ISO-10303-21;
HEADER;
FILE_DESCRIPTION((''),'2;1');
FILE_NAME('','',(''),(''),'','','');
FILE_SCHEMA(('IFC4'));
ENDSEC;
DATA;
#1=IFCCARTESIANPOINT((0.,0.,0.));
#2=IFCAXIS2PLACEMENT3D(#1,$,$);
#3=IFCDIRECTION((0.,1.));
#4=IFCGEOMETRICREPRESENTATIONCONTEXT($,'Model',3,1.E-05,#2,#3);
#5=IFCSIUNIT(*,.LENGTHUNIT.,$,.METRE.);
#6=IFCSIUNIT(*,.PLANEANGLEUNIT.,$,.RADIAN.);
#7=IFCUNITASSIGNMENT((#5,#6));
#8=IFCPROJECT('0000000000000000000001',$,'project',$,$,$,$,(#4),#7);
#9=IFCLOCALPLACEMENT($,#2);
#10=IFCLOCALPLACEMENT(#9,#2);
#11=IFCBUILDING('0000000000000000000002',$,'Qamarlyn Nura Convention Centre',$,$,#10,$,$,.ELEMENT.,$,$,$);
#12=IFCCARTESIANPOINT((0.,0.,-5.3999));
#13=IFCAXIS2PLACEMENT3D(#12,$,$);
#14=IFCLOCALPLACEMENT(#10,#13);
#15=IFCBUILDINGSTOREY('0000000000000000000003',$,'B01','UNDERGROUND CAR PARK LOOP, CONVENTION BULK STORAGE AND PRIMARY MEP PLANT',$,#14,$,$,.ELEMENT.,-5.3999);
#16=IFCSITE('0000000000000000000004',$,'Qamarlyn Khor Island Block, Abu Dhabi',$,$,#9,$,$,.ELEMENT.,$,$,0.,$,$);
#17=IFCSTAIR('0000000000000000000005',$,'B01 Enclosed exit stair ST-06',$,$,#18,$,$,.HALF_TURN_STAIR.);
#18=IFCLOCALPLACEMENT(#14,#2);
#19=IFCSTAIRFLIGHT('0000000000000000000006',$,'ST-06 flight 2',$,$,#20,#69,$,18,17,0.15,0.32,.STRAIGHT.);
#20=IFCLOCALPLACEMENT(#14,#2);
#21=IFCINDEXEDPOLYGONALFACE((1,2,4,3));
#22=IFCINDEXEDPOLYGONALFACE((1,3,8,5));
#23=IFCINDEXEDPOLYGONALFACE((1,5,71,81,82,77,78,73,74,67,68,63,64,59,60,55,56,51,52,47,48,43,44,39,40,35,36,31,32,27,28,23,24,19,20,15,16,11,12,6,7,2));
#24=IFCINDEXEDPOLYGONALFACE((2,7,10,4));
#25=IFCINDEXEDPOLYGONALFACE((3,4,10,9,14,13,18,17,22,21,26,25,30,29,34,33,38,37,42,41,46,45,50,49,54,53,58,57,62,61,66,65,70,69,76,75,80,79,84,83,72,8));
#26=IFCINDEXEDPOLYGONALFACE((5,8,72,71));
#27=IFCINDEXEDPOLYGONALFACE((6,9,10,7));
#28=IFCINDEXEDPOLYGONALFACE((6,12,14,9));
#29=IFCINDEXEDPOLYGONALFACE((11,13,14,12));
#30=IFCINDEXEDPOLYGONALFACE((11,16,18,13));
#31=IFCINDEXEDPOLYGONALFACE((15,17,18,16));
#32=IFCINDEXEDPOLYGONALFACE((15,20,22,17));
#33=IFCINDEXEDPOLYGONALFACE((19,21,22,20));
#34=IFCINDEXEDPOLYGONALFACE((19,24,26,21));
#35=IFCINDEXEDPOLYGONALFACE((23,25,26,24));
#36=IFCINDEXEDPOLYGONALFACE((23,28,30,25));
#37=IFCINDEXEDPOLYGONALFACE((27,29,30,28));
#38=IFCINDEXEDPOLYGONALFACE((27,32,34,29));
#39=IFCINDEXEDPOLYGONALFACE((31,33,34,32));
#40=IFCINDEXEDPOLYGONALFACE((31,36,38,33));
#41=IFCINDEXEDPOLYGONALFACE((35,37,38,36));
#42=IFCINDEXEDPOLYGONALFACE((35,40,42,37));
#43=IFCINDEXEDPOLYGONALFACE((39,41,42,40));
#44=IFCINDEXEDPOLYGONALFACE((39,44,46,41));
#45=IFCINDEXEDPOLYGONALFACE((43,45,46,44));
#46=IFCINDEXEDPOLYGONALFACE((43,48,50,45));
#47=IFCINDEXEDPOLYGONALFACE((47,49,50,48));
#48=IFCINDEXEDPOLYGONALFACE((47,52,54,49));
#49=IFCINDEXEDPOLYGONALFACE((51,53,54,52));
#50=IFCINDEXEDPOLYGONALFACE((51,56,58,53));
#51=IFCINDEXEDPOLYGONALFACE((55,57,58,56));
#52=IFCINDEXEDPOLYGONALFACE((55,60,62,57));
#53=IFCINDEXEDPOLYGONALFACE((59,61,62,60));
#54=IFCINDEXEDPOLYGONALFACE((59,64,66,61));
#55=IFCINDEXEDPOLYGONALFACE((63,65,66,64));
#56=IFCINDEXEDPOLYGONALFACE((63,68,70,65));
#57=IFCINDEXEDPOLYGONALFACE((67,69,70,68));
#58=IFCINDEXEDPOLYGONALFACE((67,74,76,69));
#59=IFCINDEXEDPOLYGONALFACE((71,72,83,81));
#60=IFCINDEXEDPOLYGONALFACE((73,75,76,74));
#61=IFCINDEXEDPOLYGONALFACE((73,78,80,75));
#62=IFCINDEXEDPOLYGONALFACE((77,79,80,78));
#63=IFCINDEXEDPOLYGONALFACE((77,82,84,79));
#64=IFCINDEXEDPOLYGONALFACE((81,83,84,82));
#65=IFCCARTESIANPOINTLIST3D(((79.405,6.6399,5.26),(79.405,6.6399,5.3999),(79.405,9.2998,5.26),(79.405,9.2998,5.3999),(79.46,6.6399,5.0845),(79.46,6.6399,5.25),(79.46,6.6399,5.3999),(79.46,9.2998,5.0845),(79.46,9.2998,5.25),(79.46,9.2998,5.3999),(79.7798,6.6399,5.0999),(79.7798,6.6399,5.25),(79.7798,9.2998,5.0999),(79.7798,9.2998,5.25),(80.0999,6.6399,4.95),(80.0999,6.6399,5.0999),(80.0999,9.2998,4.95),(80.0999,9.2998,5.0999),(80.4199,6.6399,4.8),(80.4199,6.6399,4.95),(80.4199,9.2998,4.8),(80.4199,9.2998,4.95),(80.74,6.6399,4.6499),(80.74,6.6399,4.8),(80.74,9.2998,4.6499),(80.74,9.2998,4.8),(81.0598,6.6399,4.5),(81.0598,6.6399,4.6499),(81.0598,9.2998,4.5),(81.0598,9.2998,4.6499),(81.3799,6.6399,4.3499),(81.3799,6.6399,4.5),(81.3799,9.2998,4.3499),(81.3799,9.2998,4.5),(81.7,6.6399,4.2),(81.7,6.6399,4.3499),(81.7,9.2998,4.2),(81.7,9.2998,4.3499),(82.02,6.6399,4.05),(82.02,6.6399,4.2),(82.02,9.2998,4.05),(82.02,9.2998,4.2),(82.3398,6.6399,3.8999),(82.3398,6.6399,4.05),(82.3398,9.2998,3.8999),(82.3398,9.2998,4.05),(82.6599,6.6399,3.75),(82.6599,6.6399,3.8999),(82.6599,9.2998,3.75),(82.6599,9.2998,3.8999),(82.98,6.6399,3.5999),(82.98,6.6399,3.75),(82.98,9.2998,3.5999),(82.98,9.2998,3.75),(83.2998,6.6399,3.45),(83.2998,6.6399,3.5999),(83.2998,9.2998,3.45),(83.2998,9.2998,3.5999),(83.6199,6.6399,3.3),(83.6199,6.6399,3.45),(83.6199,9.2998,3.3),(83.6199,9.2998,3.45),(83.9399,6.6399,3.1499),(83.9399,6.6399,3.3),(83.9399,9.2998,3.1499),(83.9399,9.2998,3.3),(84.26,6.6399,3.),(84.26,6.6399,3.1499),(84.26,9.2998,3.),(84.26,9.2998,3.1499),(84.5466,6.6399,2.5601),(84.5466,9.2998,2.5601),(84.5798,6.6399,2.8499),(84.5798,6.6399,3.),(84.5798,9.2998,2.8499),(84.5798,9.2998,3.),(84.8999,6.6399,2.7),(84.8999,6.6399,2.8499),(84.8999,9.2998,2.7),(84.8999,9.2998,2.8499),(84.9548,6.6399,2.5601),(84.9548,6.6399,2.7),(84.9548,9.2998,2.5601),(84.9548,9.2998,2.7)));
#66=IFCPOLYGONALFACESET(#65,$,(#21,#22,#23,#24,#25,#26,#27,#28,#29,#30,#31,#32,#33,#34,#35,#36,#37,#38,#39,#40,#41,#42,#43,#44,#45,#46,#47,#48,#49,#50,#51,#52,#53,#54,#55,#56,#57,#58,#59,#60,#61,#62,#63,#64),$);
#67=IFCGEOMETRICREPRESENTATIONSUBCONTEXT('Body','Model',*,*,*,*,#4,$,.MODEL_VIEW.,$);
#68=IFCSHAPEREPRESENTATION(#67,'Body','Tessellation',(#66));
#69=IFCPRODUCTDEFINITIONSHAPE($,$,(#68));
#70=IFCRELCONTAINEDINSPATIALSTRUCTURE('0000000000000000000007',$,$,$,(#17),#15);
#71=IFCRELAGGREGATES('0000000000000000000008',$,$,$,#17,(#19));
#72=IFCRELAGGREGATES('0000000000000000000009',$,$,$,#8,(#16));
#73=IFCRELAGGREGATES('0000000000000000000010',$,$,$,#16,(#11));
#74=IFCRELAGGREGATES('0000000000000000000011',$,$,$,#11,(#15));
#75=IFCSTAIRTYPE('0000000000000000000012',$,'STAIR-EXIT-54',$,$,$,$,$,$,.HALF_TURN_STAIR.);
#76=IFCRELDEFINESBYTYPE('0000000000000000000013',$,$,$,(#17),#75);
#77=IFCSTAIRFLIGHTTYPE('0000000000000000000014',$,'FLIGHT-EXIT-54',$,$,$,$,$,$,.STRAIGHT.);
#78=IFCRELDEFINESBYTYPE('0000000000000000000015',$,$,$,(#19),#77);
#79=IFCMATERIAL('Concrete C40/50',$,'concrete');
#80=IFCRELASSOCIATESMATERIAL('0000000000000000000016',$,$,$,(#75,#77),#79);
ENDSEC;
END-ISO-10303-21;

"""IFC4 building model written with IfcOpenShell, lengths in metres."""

from ifc_helpers import new_model, si_unit, direction, frame, origin, place, context, subcontext, project, spatial, polyline, outline, extrude, material, type_object, element, aggregate, save


model = new_model("IFC4")

# Units and contexts
model_context = context("Model", 3, precision=1e-05, world=origin(), true_north=direction((0.0, 1.0)))
body_context = subcontext(model_context, "Body", "Model", "MODEL_VIEW")
ifc_project = project(units=[si_unit("LENGTHUNIT", "METRE"), si_unit("PLANEANGLEUNIT", "RADIAN")], contexts=[model_context])

# Site, building, storey
site_placement = place(None, origin())
site = spatial("IfcSite", under=ifc_project, at=site_placement, Name="Qamarlyn Khor Island Block, Abu Dhabi", CompositionType="ELEMENT", RefElevation=0.0)
building_placement = place(site_placement, origin())
building = spatial("IfcBuilding", under=site, at=building_placement, Name="Qamarlyn Nura Convention Centre", CompositionType="ELEMENT")
storey_placement = place(building_placement, frame((0.0, 0.0, -5.3999)))
storey = spatial("IfcBuildingStorey", under=building, at=storey_placement, Name="B01", Description="UNDERGROUND CAR PARK LOOP, CONVENTION BULK STORAGE AND PRIMARY MEP PLANT", CompositionType="ELEMENT", Elevation=-5.3999)

# Shared definitions
ifc_material_1 = material(Name="Concrete C40/50", Category="concrete")

# Stair, stair flight
stair_type = type_object("IfcStairType", Name="STAIR-EXIT-54", PredefinedType="HALF_TURN_STAIR", material=ifc_material_1)
stair_placement = place(storey_placement, origin())
stair = element("IfcStair", 1, at=stair_placement, inside=storey, type_object=stair_type, Name="B01 Enclosed exit stair ST-06", PredefinedType="HALF_TURN_STAIR")
stair_flight_type = type_object("IfcStairFlightType", Name="FLIGHT-EXIT-54", PredefinedType="STRAIGHT", material=ifc_material_1)
stair_flight_1_placement = place(storey_placement, frame((84.8999, 7.97, 2.7), z_axis=(0.0, 0.0, 1.0), x_axis=(-1.0, 0.0, 0.0)))
stair_flight_1 = element("IfcStairFlight", 2, at=stair_flight_1_placement, type_object=stair_flight_type, Name="ST-06 flight 2", NumberOfRisers=18, NumberOfTreads=17, PredefinedType="STRAIGHT", RiserHeight=0.15, TreadLength=0.32, context=body_context, shape_type="SweptSolid", body=[
    extrude(outline(polyline([(-0.0549, 0.0), (0.0, 0.0), (0.0, 0.1499), (0.3201, 0.1499), (0.3201, 0.3), (0.6399, 0.3), (0.6399, 0.45), (0.96, 0.45), (0.96, 0.6001), (1.28, 0.6001), (1.28, 0.75), (1.6001, 0.75), (1.6001, 0.8999), (1.9199, 0.8999), (1.9199, 1.05), (2.24, 1.05), (2.24, 1.2), (2.5601, 1.2), (2.5601, 1.3501), (2.8799, 1.3501), (2.8799, 1.5), (3.2, 1.5), (3.2, 1.6499), (3.52, 1.6499), (3.52, 1.8), (3.8401, 1.8), (3.8401, 1.95), (4.1599, 1.95), (4.1599, 2.1001), (4.48, 2.1001), (4.48, 2.25), (4.8, 2.25), (4.8, 2.3999), (5.1201, 2.3999), (5.1201, 2.55), (5.4399, 2.55), (5.4399, 2.7), (5.4949, 2.7), (5.4949, 2.5601), (5.4399, 2.3845), (0.3533, -0.1399), (-0.0549, -0.1399), (-0.0549, 0.0)])), frame((0.0, 1.3301, 0.0), z_axis=(0.0, -1.0, 0.0), x_axis=(1.0, 0.0, 0.0)), (0.0, 0.0, 1.0), 2.6599),
])
aggregate(stair, [stair_flight_1])

save(model, "model.ifc")
